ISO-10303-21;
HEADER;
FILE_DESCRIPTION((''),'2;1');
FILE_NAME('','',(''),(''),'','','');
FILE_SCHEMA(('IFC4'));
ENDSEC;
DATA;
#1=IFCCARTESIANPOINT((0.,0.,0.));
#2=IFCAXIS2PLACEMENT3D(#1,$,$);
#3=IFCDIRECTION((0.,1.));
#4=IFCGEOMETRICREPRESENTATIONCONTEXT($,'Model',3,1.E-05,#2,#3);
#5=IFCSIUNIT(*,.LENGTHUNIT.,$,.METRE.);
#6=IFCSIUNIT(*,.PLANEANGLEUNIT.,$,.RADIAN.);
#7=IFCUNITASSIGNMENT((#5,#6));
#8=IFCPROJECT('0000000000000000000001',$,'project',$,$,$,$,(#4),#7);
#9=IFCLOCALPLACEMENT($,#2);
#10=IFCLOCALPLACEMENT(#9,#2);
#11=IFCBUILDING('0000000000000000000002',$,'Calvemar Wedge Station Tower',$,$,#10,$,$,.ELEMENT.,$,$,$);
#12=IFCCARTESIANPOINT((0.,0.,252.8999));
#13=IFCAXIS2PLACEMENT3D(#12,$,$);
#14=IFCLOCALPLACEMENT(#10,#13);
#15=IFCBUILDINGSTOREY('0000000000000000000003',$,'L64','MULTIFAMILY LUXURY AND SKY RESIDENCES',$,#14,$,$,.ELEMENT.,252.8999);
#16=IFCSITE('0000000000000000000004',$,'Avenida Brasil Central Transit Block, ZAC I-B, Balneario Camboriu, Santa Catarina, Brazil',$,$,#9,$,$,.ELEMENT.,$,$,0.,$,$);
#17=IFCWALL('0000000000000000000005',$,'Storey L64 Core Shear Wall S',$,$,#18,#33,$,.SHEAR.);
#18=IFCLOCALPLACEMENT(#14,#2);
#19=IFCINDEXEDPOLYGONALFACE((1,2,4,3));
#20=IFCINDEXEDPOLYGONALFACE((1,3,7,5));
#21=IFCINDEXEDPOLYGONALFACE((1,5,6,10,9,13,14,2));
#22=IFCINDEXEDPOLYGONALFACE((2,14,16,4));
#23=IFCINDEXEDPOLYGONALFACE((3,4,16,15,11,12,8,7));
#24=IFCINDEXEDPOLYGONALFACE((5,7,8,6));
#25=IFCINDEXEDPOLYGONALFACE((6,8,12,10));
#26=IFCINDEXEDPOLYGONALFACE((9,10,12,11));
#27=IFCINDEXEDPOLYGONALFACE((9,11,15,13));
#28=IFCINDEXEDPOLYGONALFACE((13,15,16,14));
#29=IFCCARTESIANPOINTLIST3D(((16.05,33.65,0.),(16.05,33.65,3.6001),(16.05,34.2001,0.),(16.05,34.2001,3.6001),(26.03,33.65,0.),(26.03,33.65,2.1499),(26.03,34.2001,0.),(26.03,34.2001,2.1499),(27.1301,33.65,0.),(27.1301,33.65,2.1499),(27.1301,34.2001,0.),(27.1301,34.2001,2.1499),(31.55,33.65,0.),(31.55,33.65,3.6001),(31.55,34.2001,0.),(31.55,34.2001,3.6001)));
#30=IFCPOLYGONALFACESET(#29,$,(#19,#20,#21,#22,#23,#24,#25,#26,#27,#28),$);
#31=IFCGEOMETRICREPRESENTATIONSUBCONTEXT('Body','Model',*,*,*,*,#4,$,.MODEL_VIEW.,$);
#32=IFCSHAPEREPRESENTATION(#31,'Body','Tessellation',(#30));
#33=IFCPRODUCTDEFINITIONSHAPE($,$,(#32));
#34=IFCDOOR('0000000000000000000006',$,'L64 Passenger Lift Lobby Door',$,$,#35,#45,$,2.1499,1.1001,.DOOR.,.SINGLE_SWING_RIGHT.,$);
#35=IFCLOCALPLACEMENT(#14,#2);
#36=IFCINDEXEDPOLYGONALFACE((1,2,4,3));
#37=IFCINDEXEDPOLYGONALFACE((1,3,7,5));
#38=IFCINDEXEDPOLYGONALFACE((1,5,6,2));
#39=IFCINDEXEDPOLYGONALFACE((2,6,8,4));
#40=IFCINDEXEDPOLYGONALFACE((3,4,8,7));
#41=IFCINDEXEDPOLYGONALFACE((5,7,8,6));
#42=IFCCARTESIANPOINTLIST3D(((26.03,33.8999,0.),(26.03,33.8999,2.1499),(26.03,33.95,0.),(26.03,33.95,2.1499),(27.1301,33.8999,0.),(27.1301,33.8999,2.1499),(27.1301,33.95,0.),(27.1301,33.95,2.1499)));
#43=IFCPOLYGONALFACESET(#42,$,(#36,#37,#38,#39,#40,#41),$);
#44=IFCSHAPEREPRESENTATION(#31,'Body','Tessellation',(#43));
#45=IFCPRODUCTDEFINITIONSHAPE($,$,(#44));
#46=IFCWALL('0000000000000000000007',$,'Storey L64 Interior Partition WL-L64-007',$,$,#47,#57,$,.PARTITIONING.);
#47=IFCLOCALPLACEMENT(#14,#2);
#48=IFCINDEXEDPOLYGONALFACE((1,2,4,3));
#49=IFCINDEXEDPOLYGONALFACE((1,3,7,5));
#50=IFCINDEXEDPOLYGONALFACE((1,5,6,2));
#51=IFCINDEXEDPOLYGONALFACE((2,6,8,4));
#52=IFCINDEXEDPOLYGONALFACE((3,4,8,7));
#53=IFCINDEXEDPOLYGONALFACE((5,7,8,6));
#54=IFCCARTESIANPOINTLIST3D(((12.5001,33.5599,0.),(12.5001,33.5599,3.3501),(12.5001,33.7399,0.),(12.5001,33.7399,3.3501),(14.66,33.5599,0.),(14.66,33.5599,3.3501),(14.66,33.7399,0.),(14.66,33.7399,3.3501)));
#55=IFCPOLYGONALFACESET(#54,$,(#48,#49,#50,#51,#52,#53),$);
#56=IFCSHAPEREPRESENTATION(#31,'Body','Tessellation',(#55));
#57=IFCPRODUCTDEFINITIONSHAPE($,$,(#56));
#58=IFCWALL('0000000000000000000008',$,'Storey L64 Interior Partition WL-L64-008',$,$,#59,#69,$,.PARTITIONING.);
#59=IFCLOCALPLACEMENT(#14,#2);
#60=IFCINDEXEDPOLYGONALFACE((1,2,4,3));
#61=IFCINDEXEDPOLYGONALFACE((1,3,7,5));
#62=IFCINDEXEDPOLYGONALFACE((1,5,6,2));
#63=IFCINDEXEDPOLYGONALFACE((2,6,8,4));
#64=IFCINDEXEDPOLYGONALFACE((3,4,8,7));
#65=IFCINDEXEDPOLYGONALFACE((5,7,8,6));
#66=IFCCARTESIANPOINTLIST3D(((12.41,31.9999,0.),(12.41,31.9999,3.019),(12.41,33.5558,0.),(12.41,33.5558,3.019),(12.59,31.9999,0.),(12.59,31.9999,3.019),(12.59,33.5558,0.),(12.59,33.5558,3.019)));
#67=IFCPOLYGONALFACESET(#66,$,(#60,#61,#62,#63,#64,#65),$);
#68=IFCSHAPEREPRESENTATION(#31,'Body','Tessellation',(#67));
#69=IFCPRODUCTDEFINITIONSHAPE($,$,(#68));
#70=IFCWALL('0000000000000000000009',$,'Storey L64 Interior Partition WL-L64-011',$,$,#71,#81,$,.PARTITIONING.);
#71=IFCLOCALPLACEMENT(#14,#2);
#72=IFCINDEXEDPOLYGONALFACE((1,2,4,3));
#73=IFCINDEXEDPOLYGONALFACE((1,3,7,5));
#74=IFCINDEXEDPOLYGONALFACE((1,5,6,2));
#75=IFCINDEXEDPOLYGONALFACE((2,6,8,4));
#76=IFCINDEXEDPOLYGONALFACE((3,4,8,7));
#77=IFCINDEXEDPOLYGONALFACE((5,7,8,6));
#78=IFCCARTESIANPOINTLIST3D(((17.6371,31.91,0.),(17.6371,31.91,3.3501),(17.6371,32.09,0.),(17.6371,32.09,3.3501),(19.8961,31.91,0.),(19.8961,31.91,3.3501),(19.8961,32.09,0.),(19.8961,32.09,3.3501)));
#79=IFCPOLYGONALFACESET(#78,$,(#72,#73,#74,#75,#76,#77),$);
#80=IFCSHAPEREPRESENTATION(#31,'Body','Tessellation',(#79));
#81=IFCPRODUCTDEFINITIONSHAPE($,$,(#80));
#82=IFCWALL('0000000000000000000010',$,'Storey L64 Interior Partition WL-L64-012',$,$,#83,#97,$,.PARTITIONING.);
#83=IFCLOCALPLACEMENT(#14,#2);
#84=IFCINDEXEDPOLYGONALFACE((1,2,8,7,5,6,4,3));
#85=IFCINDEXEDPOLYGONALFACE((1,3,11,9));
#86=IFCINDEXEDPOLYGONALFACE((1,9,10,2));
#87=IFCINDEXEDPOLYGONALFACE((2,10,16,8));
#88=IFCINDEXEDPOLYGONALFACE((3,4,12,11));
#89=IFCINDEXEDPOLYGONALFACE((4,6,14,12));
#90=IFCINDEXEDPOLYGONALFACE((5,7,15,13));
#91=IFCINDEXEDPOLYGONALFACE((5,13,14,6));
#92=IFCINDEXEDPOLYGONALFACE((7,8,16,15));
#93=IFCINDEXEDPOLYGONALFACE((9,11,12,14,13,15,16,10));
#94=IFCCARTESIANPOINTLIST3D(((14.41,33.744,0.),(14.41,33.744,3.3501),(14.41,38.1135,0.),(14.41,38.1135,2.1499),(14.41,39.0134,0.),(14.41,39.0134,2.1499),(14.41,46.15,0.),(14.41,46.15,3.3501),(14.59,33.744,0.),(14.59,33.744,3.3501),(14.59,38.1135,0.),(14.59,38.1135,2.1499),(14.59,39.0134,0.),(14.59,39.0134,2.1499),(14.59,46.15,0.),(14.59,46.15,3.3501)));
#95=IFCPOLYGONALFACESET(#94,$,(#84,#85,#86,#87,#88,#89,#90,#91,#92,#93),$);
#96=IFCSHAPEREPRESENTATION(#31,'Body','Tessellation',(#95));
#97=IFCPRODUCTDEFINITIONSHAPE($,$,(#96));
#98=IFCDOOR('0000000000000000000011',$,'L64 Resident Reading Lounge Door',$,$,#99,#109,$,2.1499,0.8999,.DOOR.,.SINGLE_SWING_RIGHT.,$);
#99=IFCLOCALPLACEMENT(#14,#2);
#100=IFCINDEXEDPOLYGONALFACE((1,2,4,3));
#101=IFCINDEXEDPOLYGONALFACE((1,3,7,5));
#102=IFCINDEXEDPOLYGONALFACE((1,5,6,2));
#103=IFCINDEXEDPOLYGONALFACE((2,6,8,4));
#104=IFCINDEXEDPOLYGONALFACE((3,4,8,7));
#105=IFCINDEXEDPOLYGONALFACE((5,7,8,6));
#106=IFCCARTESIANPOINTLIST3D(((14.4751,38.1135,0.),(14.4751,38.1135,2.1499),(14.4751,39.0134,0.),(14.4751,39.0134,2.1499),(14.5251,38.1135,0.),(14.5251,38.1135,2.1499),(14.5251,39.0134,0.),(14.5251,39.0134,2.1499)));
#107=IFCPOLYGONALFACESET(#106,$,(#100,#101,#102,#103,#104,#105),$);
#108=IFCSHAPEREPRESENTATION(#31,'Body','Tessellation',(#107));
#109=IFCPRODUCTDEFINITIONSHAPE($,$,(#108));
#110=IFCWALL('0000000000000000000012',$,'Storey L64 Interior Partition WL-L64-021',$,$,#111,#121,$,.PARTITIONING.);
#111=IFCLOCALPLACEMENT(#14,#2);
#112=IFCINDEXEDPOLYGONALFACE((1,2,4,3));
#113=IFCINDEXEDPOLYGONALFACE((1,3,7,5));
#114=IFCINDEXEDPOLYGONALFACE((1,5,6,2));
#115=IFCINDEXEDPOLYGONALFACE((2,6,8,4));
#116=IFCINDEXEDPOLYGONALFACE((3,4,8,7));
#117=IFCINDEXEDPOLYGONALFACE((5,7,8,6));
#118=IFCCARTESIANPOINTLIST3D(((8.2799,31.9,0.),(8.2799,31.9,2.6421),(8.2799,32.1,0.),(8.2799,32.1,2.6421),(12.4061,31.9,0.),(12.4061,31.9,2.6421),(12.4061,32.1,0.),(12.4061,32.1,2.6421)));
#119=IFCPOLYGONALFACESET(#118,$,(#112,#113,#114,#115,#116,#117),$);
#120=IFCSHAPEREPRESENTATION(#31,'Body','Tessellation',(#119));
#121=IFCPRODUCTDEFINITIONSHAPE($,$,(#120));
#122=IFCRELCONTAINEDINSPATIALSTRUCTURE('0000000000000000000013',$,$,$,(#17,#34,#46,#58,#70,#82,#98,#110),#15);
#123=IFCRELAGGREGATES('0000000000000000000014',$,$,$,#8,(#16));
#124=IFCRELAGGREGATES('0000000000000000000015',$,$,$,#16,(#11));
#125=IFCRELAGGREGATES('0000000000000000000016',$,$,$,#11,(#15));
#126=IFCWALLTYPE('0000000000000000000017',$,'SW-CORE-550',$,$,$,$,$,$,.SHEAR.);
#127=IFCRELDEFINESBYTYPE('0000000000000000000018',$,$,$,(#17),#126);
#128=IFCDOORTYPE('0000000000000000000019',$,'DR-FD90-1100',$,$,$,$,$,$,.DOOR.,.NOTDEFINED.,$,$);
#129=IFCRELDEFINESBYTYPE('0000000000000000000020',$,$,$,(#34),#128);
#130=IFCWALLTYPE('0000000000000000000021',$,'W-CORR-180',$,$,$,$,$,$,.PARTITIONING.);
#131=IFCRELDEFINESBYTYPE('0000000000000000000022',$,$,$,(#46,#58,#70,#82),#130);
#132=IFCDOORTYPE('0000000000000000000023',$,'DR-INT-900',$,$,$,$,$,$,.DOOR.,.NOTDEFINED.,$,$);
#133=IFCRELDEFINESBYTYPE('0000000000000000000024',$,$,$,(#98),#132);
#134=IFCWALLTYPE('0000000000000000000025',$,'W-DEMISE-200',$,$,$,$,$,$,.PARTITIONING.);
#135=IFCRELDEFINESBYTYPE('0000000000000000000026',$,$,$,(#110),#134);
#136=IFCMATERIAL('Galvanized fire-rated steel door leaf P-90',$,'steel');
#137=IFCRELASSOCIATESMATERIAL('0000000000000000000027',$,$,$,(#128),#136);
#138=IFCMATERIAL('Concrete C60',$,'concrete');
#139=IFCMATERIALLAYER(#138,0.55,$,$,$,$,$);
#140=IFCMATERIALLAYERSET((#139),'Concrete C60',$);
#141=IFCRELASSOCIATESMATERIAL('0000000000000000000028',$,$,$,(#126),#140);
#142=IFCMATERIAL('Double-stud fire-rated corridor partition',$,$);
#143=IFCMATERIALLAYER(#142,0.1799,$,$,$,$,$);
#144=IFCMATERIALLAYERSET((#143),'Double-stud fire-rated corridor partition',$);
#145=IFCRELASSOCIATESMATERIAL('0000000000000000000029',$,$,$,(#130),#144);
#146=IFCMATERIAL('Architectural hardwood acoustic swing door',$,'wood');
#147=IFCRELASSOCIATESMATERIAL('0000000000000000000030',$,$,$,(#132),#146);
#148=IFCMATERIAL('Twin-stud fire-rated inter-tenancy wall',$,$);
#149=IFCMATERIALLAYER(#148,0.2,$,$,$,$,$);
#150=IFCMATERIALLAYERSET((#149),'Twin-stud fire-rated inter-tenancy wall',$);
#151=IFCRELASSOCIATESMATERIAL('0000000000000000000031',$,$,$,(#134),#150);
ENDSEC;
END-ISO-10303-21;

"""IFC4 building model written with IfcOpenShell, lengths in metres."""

from ifc_helpers import new_model, si_unit, direction, frame, frame_2d, origin, place, context, subcontext, project, spatial, rectangle, extrude, source, transform, mapped, material, layer, layer_set, type_object, element, fill, save


model = new_model("IFC4")

# Units and contexts
model_context = context("Model", 3, precision=1e-05, world=origin(), true_north=direction((0.0, 1.0)))
body_context = subcontext(model_context, "Body", "Model", "MODEL_VIEW")
ifc_project = project(units=[si_unit("LENGTHUNIT", "METRE"), si_unit("PLANEANGLEUNIT", "RADIAN")], contexts=[model_context])

# Site, building, storey
site_placement = place(None, origin())
site = spatial("IfcSite", under=ifc_project, at=site_placement, Name="Avenida Brasil Central Transit Block, ZAC I-B, Balneario Camboriu, Santa Catarina, Brazil", CompositionType="ELEMENT", RefElevation=0.0)
building_placement = place(site_placement, origin())
building = spatial("IfcBuilding", under=site, at=building_placement, Name="Calvemar Wedge Station Tower", CompositionType="ELEMENT")
storey_placement = place(building_placement, frame((0.0, 0.0, 252.8999)))
storey = spatial("IfcBuildingStorey", under=building, at=storey_placement, Name="L64", Description="MULTIFAMILY LUXURY AND SKY RESIDENCES", CompositionType="ELEMENT", Elevation=252.8999)

# Wall, opening, door
ifc_material_1 = material(Name="Galvanized fire-rated steel door leaf P-90", Category="steel")
door_type_1 = type_object("IfcDoorType", Name="DR-FD90-1100", OperationType="NOTDEFINED", PredefinedType="DOOR", material=ifc_material_1)
shared_shape_1 = source(origin(), body_context, "Body", "SweptSolid", [
    extrude(rectangle(XDim=1.1001, YDim=2.1499, at=frame_2d((0.55, 1.075))), frame((0.0, 0.0249, 0.0), z_axis=(0.0, -1.0, 0.0), x_axis=(1.0, 0.0, 0.0)), (0.0, 0.0, 1.0), 0.05),
])
ifc_material_2 = material(Name="Concrete C60", Category="concrete")
ifc_layer_1 = layer(ifc_material_2, 0.55)
ifc_layer_set_1 = layer_set([ifc_layer_1], Name="Concrete C60")
wall_type_1 = type_object("IfcWallType", Name="SW-CORE-550", PredefinedType="SHEAR", material=ifc_layer_set_1)
wall_1_placement = place(storey_placement, frame((16.05, 33.925, 0.0), z_axis=(0.0, 0.0, 1.0), x_axis=(1.0, 0.0, 0.0)))
wall_1 = element("IfcWall", 1, at=wall_1_placement, inside=storey, type_object=wall_type_1, Name="Storey L64 Core Shear Wall S", PredefinedType="SHEAR", context=body_context, shape_type="SweptSolid", body=[
    extrude(rectangle(XDim=15.5, YDim=0.55, at=frame_2d((7.75, 0.0))), origin(), (0.0, 0.0, 1.0), 3.6001),
])
shared_shape_2 = source(origin(), body_context, "Body", "SweptSolid", [
    extrude(rectangle(XDim=1.1001, YDim=2.1499, at=frame_2d((0.55, 1.075))), frame((0.0, 0.2852, 0.0), z_axis=(0.0, -1.0, 0.0), x_axis=(1.0, 0.0, 0.0)), (0.0, 0.0, 1.0), 0.5701),
])
opening_1_placement = place(wall_1_placement, frame((9.98, 0.0, 0.0)))
opening_1 = element("IfcOpeningElement", 2, at=opening_1_placement, cuts=wall_1, PredefinedType="OPENING", context=body_context, shape_type="MappedRepresentation", body=[
    mapped(shared_shape_2, transform((0.0, 0.0, 0.0), scale=1.0)),
])
door_1_placement = place(opening_1_placement, origin())
door_1 = element("IfcDoor", 3, at=door_1_placement, inside=storey, type_object=door_type_1, Name="L64 Passenger Lift Lobby Door", OperationType="SINGLE_SWING_RIGHT", OverallHeight=2.1499, OverallWidth=1.1001, PredefinedType="DOOR", context=body_context, shape_type="MappedRepresentation", body=[
    mapped(shared_shape_1, transform((0.0, 0.0, 0.0), scale=1.0)),
])
fill(opening_1, door_1)

# Walls
ifc_material_3 = material(Name="Double-stud fire-rated corridor partition")
ifc_layer_2 = layer(ifc_material_3, 0.1799)
ifc_layer_set_2 = layer_set([ifc_layer_2], Name="Double-stud fire-rated corridor partition")
wall_type_2 = type_object("IfcWallType", Name="W-CORR-180", PredefinedType="PARTITIONING", material=ifc_layer_set_2)
wall_2_placement = place(storey_placement, frame((12.5, 33.6499, 0.0), z_axis=(0.0, 0.0, 1.0), x_axis=(1.0, 0.0, 0.0)))
element("IfcWall", 4, at=wall_2_placement, inside=storey, type_object=wall_type_2, Name="Storey L64 Interior Partition WL-L64-007", PredefinedType="PARTITIONING", context=body_context, shape_type="SweptSolid", body=[
    extrude(rectangle(XDim=2.1599, YDim=0.1799, at=frame_2d((1.0801, 0.0))), origin(), (0.0, 0.0, 1.0), 3.3501),
])
wall_3_placement = place(storey_placement, frame((12.5, 32.0, 0.0), z_axis=(0.0, 0.0, 1.0), x_axis=(0.0, 1.0, 0.0)))
element("IfcWall", 5, at=wall_3_placement, inside=storey, type_object=wall_type_2, Name="Storey L64 Interior Partition WL-L64-008", PredefinedType="PARTITIONING", context=body_context, shape_type="SweptSolid", body=[
    extrude(rectangle(XDim=1.5559, YDim=0.1799, at=frame_2d((0.7778, 0.0))), origin(), (0.0, 0.0, 1.0), 3.019),
])

# Shared definitions
shared_shape_3 = source(origin(), body_context, "Body", "SweptSolid", [
    extrude(rectangle(XDim=0.8999, YDim=2.1499, at=frame_2d((0.45, 1.075))), frame((0.0, 0.1001, 0.0), z_axis=(0.0, -1.0, 0.0), x_axis=(1.0, 0.0, 0.0)), (0.0, 0.0, 1.0), 0.2),
])

# Wall
wall_4_placement = place(storey_placement, frame((19.896, 32.0, 0.0), z_axis=(0.0, 0.0, 1.0), x_axis=(-1.0, 0.0, 0.0)))
element("IfcWall", 6, at=wall_4_placement, inside=storey, type_object=wall_type_2, Name="Storey L64 Interior Partition WL-L64-011", PredefinedType="PARTITIONING", context=body_context, shape_type="SweptSolid", body=[
    extrude(rectangle(XDim=2.259, YDim=0.1799, at=frame_2d((1.1294, 0.0))), origin(), (0.0, 0.0, 1.0), 3.3501),
])

# Wall, opening, door
wall_5_placement = place(storey_placement, frame((14.5, 33.7439, 0.0), z_axis=(0.0, 0.0, 1.0), x_axis=(0.0, 1.0, 0.0)))
wall_5 = element("IfcWall", 7, at=wall_5_placement, inside=storey, type_object=wall_type_2, Name="Storey L64 Interior Partition WL-L64-012", PredefinedType="PARTITIONING", context=body_context, shape_type="SweptSolid", body=[
    extrude(rectangle(XDim=12.406, YDim=0.1799, at=frame_2d((6.2031, 0.0))), origin(), (0.0, 0.0, 1.0), 3.3501),
])
opening_2_placement = place(wall_5_placement, frame((4.3696, 0.0, 0.0)))
opening_2 = element("IfcOpeningElement", 8, at=opening_2_placement, cuts=wall_5, PredefinedType="OPENING", context=body_context, shape_type="MappedRepresentation", body=[
    mapped(shared_shape_3, transform((0.0, 0.0, 0.0), scale=1.0)),
])
ifc_material_4 = material(Name="Architectural hardwood acoustic swing door", Category="wood")
door_type_2 = type_object("IfcDoorType", Name="DR-INT-900", OperationType="NOTDEFINED", PredefinedType="DOOR", material=ifc_material_4)
shared_shape_4 = source(origin(), body_context, "Body", "SweptSolid", [
    extrude(rectangle(XDim=0.8999, YDim=2.1499, at=frame_2d((0.45, 1.075))), frame((0.0, 0.0249, 0.0), z_axis=(0.0, -1.0, 0.0), x_axis=(1.0, 0.0, 0.0)), (0.0, 0.0, 1.0), 0.05),
])
door_2_placement = place(opening_2_placement, origin())
door_2 = element("IfcDoor", 9, at=door_2_placement, inside=storey, type_object=door_type_2, Name="L64 Resident Reading Lounge Door", OperationType="SINGLE_SWING_RIGHT", OverallHeight=2.1499, OverallWidth=0.8999, PredefinedType="DOOR", context=body_context, shape_type="MappedRepresentation", body=[
    mapped(shared_shape_4, transform((0.0, 0.0, 0.0), scale=1.0)),
])
fill(opening_2, door_2)

# Wall
ifc_material_5 = material(Name="Twin-stud fire-rated inter-tenancy wall")
ifc_layer_3 = layer(ifc_material_5, 0.2)
ifc_layer_set_3 = layer_set([ifc_layer_3], Name="Twin-stud fire-rated inter-tenancy wall")
wall_type_3 = type_object("IfcWallType", Name="W-DEMISE-200", PredefinedType="PARTITIONING", material=ifc_layer_set_3)
wall_6_placement = place(storey_placement, frame((12.406, 32.0, 0.0), z_axis=(0.0, 0.0, 1.0), x_axis=(-1.0, 0.0, 0.0)))
element("IfcWall", 10, at=wall_6_placement, inside=storey, type_object=wall_type_3, Name="Storey L64 Interior Partition WL-L64-021", PredefinedType="PARTITIONING", context=body_context, shape_type="SweptSolid", body=[
    extrude(rectangle(XDim=4.1262, YDim=0.2, at=frame_2d((2.063, 0.0))), origin(), (0.0, 0.0, 1.0), 2.6421),
])

save(model, "model.ifc")
